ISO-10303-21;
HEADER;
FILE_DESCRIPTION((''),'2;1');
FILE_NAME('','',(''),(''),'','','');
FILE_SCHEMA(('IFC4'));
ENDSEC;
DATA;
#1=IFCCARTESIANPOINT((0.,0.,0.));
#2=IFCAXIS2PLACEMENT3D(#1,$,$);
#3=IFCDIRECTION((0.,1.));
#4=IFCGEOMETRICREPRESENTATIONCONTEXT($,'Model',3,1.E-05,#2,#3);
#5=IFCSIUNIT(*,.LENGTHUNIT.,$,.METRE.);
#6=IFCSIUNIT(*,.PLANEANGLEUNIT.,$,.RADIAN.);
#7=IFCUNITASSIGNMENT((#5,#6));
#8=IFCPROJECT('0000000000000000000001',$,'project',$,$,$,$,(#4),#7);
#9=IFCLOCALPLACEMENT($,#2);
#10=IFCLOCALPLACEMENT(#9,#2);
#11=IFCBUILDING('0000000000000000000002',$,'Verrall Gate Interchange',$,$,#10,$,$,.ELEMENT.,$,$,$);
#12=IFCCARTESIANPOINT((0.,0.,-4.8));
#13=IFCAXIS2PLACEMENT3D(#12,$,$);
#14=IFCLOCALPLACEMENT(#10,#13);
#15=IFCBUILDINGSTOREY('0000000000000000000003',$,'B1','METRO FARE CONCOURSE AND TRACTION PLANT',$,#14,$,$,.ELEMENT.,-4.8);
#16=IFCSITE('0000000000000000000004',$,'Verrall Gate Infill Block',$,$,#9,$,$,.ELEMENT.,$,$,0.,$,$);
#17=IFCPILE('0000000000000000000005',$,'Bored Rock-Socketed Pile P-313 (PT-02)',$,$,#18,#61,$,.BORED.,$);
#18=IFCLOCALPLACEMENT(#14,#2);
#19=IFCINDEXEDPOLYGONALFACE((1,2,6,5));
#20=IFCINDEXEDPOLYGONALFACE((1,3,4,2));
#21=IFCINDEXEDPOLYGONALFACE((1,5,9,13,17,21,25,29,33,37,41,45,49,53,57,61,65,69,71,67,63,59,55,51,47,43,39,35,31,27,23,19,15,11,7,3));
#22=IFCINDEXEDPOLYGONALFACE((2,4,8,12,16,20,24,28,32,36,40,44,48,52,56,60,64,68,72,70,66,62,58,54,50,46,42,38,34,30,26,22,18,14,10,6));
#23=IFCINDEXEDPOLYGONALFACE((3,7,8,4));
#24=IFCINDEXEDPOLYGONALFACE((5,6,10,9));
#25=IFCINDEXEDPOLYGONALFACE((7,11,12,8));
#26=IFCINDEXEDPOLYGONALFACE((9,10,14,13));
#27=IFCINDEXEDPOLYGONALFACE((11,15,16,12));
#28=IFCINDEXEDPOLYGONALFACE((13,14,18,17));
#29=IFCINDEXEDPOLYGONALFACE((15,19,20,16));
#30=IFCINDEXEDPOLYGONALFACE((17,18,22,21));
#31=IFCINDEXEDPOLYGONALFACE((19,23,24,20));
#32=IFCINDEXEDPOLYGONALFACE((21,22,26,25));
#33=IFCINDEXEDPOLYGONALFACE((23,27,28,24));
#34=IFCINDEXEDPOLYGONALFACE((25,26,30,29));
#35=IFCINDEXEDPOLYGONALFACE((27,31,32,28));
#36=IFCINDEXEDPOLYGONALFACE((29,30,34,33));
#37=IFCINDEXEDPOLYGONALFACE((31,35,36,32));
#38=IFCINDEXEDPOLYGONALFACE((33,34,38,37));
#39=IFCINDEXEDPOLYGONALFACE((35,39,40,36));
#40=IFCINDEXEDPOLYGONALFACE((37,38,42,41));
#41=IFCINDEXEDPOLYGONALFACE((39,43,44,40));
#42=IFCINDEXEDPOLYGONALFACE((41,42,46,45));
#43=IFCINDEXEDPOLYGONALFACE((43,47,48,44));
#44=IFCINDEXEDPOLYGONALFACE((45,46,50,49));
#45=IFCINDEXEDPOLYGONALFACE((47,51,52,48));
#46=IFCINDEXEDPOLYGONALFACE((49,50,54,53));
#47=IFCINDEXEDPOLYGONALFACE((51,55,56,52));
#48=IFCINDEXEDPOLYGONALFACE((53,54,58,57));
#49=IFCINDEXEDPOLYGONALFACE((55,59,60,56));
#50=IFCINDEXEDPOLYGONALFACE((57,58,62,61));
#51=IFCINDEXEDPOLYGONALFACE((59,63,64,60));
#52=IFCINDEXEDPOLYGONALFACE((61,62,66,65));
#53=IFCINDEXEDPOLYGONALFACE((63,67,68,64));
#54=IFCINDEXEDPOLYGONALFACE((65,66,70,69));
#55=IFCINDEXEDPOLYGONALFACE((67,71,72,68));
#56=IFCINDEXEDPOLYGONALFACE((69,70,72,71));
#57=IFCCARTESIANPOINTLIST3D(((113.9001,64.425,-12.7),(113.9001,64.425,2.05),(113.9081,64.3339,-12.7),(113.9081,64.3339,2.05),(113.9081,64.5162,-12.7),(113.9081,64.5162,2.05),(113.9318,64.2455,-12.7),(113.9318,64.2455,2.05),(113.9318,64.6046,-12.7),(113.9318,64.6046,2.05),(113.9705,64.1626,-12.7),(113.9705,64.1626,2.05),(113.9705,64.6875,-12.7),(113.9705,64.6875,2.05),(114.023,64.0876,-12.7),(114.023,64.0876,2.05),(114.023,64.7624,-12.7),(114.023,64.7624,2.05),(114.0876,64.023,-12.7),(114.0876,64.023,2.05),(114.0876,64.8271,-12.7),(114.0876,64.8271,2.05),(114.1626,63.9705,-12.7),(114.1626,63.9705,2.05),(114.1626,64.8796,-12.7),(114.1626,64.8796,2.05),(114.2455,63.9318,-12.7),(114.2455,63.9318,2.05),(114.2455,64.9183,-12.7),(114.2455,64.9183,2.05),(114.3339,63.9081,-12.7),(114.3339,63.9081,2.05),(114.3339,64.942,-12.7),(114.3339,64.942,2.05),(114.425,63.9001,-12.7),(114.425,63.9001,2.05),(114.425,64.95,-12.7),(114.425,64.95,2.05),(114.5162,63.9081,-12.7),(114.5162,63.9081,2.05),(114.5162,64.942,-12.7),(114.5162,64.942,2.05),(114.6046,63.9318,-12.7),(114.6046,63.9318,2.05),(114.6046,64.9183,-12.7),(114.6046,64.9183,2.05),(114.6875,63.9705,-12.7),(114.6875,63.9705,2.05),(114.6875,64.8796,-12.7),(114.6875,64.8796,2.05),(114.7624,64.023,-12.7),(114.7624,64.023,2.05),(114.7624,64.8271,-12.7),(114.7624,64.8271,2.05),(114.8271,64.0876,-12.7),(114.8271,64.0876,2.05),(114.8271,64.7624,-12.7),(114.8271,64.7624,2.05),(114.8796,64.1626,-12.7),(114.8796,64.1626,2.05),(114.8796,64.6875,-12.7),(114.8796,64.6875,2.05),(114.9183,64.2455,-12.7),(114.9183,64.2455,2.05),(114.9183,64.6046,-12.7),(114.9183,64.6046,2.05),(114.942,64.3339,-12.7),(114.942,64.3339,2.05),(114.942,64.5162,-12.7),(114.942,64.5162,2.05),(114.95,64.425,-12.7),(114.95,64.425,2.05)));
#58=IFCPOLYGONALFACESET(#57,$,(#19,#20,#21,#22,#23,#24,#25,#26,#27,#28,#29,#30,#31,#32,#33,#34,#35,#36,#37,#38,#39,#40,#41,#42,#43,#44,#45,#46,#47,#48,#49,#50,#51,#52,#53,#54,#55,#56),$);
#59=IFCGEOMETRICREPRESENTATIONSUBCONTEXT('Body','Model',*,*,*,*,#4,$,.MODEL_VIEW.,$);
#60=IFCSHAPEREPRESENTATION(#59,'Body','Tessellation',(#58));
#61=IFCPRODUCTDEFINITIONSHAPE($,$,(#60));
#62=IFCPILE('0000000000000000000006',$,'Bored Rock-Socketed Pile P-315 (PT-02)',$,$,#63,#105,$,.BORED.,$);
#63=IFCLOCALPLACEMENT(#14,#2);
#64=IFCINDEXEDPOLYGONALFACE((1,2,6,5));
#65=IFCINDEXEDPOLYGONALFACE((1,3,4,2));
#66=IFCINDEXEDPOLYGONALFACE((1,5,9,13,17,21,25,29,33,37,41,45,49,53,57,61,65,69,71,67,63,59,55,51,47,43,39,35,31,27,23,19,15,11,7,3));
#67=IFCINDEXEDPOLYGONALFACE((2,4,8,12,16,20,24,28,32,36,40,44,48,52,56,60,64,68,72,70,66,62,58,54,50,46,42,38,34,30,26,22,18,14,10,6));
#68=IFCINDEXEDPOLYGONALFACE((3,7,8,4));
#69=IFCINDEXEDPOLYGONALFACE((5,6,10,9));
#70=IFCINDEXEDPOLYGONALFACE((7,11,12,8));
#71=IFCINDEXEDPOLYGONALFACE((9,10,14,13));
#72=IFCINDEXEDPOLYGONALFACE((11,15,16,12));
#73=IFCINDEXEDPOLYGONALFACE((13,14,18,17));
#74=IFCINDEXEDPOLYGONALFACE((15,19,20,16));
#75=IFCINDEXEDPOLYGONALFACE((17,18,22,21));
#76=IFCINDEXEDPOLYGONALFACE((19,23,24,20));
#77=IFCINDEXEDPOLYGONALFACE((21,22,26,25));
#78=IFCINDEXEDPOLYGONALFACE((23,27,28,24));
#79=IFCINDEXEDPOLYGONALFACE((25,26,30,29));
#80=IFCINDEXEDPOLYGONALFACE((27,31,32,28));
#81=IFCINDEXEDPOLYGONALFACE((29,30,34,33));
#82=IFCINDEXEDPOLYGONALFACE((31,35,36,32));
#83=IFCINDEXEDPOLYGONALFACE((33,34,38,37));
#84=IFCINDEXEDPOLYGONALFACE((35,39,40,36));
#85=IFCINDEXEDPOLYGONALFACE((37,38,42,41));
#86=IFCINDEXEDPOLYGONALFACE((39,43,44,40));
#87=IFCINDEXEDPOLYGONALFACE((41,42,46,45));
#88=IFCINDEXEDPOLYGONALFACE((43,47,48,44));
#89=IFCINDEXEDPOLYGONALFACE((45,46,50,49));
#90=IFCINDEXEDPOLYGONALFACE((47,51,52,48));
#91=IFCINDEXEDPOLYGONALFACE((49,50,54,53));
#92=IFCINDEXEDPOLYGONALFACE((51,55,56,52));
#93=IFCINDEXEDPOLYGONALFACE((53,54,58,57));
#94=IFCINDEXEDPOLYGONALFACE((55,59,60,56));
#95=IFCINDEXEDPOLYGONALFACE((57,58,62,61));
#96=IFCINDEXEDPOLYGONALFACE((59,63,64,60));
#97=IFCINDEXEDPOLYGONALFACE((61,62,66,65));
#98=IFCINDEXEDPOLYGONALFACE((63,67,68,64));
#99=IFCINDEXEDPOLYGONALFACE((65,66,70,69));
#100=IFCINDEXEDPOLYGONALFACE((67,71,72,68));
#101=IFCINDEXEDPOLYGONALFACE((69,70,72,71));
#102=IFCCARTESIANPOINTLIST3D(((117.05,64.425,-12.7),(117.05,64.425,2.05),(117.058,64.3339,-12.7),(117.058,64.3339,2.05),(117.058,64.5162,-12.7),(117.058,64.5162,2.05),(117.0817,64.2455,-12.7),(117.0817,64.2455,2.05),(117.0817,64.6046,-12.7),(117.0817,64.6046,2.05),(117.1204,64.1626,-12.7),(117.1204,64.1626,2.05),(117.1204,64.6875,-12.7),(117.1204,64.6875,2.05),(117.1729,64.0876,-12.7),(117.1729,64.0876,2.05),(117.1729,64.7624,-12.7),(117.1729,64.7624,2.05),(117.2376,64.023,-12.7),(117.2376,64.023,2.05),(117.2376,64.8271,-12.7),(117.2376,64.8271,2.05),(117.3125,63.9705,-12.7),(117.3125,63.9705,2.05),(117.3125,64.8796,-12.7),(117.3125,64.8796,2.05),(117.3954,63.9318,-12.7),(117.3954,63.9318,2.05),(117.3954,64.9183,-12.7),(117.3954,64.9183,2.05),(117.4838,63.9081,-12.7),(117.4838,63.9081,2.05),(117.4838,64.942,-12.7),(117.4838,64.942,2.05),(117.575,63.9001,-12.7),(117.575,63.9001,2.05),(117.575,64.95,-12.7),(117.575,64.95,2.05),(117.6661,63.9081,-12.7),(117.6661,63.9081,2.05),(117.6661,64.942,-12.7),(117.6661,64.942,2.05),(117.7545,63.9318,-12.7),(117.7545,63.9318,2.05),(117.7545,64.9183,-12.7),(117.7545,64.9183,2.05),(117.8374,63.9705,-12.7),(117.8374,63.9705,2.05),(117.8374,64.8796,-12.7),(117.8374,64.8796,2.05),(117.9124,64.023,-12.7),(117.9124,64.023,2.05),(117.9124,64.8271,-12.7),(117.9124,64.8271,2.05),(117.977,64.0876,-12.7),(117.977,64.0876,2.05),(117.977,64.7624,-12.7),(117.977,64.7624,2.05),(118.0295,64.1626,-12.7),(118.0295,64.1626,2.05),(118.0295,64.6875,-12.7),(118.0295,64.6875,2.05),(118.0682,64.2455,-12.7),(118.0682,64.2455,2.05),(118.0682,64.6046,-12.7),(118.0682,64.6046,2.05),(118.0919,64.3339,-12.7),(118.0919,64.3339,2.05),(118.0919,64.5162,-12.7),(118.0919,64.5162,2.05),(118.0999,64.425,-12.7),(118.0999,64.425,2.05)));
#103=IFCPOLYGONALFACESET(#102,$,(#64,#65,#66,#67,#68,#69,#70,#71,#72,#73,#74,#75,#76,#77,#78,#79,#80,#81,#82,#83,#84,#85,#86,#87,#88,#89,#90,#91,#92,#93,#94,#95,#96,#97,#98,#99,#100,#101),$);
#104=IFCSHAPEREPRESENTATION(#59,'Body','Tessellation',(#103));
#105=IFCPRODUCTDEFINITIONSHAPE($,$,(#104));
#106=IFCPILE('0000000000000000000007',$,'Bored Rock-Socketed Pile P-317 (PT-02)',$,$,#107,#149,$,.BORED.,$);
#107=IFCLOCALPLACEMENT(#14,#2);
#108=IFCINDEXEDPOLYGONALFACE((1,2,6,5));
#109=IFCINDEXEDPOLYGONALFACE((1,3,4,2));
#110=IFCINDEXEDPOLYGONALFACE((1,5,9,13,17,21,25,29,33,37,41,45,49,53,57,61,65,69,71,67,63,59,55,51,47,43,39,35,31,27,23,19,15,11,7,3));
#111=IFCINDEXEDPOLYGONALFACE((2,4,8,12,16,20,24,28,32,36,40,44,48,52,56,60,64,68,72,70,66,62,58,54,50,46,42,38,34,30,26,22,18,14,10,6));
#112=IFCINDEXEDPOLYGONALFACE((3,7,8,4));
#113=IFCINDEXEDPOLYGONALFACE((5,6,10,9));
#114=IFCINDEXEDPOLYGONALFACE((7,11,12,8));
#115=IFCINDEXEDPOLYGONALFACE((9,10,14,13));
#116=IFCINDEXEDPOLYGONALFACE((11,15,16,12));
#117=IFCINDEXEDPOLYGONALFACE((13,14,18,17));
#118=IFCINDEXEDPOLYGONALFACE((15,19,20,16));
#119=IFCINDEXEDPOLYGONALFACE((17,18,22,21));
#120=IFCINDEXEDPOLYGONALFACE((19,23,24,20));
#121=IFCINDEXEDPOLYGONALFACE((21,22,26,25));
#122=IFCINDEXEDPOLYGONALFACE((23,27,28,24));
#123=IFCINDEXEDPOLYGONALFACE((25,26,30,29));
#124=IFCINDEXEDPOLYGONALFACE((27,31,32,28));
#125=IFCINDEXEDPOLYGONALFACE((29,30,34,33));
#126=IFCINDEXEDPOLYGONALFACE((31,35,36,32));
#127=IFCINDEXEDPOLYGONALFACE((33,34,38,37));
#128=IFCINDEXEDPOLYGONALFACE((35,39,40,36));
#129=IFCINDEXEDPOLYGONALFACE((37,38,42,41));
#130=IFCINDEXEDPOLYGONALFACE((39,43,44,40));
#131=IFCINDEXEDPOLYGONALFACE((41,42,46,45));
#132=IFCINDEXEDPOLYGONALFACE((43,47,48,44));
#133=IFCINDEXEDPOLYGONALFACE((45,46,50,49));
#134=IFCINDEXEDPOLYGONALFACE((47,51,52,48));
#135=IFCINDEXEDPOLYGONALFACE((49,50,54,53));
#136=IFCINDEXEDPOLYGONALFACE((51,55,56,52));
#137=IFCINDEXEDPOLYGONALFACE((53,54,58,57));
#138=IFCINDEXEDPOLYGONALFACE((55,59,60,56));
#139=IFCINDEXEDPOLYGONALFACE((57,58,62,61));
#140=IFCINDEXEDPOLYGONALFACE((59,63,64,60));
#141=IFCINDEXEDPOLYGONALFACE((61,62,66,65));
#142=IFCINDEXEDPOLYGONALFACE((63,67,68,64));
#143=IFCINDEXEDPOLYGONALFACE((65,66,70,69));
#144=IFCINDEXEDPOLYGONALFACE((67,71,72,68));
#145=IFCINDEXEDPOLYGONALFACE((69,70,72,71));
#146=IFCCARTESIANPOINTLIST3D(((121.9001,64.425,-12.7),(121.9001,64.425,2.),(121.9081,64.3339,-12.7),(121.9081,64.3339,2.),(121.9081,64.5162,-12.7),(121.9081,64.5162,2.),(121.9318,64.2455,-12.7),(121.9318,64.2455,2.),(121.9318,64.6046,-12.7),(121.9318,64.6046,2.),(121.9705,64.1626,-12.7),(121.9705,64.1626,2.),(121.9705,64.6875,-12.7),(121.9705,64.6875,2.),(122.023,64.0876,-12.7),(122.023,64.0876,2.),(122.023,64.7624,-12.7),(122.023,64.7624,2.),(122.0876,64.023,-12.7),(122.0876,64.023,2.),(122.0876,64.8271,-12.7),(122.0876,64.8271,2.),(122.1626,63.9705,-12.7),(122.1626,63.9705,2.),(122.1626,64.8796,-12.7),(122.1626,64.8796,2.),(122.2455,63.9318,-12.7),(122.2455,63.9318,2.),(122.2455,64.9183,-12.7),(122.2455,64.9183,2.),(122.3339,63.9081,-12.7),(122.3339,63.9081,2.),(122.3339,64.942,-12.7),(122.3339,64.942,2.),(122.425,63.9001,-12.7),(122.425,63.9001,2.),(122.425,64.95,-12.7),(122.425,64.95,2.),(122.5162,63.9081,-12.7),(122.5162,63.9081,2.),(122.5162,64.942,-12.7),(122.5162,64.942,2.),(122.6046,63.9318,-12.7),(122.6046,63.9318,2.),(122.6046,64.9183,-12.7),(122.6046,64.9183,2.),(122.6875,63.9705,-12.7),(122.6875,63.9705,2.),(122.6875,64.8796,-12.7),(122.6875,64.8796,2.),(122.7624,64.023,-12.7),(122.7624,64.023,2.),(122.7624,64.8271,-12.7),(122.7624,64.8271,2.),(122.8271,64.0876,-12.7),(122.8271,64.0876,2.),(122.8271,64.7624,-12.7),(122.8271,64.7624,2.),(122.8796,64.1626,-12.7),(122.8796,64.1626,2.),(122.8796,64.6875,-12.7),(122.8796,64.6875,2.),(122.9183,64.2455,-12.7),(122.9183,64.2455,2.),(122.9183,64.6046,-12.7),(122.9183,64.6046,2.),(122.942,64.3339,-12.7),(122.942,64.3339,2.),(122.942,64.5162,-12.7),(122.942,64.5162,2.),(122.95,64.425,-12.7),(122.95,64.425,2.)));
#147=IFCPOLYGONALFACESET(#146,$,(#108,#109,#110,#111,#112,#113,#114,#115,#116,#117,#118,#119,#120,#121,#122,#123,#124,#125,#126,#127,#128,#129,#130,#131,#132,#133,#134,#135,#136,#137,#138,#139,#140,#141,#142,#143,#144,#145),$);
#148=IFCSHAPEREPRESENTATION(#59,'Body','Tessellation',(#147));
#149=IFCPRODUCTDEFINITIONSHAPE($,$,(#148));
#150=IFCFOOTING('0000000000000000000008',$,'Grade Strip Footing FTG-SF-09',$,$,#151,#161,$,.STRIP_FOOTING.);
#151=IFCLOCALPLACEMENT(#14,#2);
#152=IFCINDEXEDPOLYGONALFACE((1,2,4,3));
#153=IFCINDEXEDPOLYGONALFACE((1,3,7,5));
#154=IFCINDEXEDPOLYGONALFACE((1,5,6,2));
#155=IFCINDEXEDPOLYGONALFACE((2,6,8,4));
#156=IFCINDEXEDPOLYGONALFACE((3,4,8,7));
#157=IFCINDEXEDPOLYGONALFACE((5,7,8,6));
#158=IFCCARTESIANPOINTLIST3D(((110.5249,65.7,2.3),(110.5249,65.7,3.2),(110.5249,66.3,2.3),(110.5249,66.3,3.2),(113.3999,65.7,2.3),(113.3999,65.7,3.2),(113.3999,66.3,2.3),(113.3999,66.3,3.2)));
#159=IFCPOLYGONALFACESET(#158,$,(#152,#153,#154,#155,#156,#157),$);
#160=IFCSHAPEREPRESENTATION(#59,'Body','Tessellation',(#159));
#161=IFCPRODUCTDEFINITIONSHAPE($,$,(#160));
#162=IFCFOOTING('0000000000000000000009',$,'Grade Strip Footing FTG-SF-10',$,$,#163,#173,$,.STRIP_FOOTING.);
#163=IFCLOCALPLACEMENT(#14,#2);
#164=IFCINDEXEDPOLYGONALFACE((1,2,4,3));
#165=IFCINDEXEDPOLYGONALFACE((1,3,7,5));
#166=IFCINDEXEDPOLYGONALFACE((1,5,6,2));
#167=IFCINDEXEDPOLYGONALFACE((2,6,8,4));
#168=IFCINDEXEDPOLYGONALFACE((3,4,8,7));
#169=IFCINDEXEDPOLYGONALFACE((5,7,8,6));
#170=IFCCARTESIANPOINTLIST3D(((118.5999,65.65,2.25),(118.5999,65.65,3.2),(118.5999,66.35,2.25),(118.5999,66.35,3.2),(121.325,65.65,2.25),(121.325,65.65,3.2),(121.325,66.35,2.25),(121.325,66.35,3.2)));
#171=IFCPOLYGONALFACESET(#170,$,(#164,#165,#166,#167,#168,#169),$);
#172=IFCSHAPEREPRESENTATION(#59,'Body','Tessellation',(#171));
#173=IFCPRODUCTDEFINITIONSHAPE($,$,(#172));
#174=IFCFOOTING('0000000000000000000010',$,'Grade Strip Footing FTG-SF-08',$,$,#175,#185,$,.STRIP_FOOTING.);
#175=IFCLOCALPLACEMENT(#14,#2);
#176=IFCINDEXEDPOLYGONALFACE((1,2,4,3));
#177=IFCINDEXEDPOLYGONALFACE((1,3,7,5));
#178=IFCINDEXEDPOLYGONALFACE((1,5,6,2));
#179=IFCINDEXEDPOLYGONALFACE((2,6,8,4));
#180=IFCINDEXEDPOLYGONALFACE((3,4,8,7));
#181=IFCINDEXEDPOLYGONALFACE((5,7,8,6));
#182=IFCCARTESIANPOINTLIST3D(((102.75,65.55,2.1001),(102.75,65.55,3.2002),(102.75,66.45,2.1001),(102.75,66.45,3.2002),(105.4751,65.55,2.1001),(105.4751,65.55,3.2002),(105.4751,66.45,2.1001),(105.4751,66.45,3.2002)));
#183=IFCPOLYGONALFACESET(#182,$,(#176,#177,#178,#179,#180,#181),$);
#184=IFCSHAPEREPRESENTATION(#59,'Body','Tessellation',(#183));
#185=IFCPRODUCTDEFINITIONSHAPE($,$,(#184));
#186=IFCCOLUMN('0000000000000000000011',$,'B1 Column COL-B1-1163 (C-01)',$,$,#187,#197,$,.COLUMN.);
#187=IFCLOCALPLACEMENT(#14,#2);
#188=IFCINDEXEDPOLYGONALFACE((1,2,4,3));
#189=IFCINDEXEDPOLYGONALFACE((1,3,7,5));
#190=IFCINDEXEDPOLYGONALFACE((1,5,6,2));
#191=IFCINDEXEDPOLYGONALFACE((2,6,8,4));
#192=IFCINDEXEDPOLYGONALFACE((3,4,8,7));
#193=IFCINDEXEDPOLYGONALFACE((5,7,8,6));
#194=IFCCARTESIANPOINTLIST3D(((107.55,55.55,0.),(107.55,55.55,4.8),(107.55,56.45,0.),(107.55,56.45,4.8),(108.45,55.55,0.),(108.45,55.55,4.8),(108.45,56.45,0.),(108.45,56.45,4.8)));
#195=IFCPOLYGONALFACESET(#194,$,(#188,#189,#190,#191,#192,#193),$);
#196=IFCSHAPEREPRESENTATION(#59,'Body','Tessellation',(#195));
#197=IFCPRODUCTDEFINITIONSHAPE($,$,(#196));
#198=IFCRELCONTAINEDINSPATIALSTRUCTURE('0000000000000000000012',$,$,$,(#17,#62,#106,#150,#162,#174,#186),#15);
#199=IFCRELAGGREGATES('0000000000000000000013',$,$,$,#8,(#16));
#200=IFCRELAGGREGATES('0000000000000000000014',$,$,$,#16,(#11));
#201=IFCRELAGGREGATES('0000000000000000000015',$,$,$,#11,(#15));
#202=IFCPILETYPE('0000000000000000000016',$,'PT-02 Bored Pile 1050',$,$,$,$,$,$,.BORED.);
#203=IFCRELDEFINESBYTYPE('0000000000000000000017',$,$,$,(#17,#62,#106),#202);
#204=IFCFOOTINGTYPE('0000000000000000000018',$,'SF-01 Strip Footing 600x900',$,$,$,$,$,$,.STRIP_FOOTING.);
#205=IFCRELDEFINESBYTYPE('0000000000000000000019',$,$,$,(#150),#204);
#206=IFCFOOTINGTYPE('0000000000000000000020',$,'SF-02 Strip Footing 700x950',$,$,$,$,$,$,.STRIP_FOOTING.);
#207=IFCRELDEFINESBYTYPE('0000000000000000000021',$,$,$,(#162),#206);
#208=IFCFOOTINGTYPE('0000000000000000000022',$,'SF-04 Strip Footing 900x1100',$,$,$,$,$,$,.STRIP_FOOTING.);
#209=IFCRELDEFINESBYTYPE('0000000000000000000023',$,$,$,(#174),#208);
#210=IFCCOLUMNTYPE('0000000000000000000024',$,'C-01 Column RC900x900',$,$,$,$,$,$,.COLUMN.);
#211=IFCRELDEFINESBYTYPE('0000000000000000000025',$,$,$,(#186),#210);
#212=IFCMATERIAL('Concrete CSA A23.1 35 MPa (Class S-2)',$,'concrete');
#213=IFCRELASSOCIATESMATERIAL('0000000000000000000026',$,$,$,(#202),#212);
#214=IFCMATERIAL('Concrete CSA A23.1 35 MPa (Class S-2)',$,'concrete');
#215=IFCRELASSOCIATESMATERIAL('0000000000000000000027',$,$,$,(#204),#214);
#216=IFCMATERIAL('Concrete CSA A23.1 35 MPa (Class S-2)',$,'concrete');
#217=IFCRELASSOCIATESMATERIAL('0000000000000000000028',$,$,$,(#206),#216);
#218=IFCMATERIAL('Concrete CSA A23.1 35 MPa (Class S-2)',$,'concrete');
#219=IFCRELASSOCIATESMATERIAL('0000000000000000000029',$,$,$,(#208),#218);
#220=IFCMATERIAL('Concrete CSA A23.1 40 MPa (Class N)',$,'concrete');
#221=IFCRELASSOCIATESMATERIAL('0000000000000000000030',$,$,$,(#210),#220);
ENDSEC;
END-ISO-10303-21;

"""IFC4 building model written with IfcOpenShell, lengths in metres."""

from ifc_helpers import new_model, si_unit, direction, frame, origin, origin_2d, place, context, subcontext, project, spatial, rectangle, circle, extrude, material, material_profile, profile_set, type_object, element, save


model = new_model("IFC4")

# Units and contexts
model_context = context("Model", 3, precision=1e-05, world=origin(), true_north=direction((0.0, 1.0)))
body_context = subcontext(model_context, "Body", "Model", "MODEL_VIEW")
ifc_project = project(units=[si_unit("LENGTHUNIT", "METRE"), si_unit("PLANEANGLEUNIT", "RADIAN")], contexts=[model_context])

# Site, building, storey
site_placement = place(None, origin())
site = spatial("IfcSite", under=ifc_project, at=site_placement, Name="Verrall Gate Infill Block", CompositionType="ELEMENT", RefElevation=0.0)
building_placement = place(site_placement, origin())
building = spatial("IfcBuilding", under=site, at=building_placement, Name="Verrall Gate Interchange", CompositionType="ELEMENT")
storey_placement = place(building_placement, frame((0.0, 0.0, -4.8)))
storey = spatial("IfcBuildingStorey", under=building, at=storey_placement, Name="B1", Description="METRO FARE CONCOURSE AND TRACTION PLANT", CompositionType="ELEMENT", Elevation=-4.8)

# Piles
ifc_material_1 = material(Name="Concrete CSA A23.1 35 MPa (Class S-2)", Category="concrete")
ifc_material_profile_1 = material_profile(ifc_material_1, circle(Radius=0.5249, at=origin_2d()), Name="PILE1050D")
ifc_profile_set_1 = profile_set([ifc_material_profile_1], Name="Concrete CSA A23.1 35 MPa (Class S-2)")
pile_type = type_object("IfcPileType", Name="PT-02 Bored Pile 1050", PredefinedType="BORED", material=ifc_profile_set_1)
for number, where, z_axis, x_axis, name in (
    (1, (114.425, 64.425, 2.05), (0.0, 0.0, -1.0), (1.0, 0.0, 0.0), "Bored Rock-Socketed Pile P-313 (PT-02)"),
    (2, (117.575, 64.425, 2.05), (0.0, 0.0, -1.0), (1.0, 0.0, 0.0), "Bored Rock-Socketed Pile P-315 (PT-02)"),
):
    element("IfcPile", number, at=place(storey_placement, frame(where, z_axis=z_axis, x_axis=x_axis)), inside=storey, type_object=pile_type, Name=name, PredefinedType="BORED", context=body_context, shape_type="SweptSolid", body=[
        extrude(circle(Radius=0.5249, at=origin_2d()), origin(), (0.0, 0.0, 1.0), 14.75),
    ])
pile_1_placement = place(storey_placement, frame((122.425, 64.425, 2.0), z_axis=(0.0, 0.0, -1.0), x_axis=(1.0, 0.0, 0.0)))
element("IfcPile", 3, at=pile_1_placement, inside=storey, type_object=pile_type, Name="Bored Rock-Socketed Pile P-317 (PT-02)", PredefinedType="BORED", context=body_context, shape_type="SweptSolid", body=[
    extrude(circle(Radius=0.5249, at=origin_2d()), origin(), (0.0, 0.0, 1.0), 14.7),
])

# Footings
ifc_material_2 = material(Name="Concrete CSA A23.1 35 MPa (Class S-2)", Category="concrete")
footing_type_1 = type_object("IfcFootingType", Name="SF-01 Strip Footing 600x900", PredefinedType="STRIP_FOOTING", material=ifc_material_2)
footing_1_placement = place(storey_placement, frame((111.9624, 66.0, 2.3), z_axis=(0.0, 0.0, 1.0), x_axis=(1.0, 0.0, 0.0)))
element("IfcFooting", 4, at=footing_1_placement, inside=storey, type_object=footing_type_1, Name="Grade Strip Footing FTG-SF-09", PredefinedType="STRIP_FOOTING", context=body_context, shape_type="SweptSolid", body=[
    extrude(rectangle(XDim=2.875, YDim=0.6001, at=origin_2d()), origin(), (0.0, 0.0, 1.0), 0.8999),
])
ifc_material_3 = material(Name="Concrete CSA A23.1 35 MPa (Class S-2)", Category="concrete")
footing_type_2 = type_object("IfcFootingType", Name="SF-02 Strip Footing 700x950", PredefinedType="STRIP_FOOTING", material=ifc_material_3)
footing_2_placement = place(storey_placement, frame((119.9624, 66.0, 2.25), z_axis=(0.0, 0.0, 1.0), x_axis=(1.0, 0.0, 0.0)))
element("IfcFooting", 5, at=footing_2_placement, inside=storey, type_object=footing_type_2, Name="Grade Strip Footing FTG-SF-10", PredefinedType="STRIP_FOOTING", context=body_context, shape_type="SweptSolid", body=[
    extrude(rectangle(XDim=2.7251, YDim=0.7, at=origin_2d()), origin(), (0.0, 0.0, 1.0), 0.95),
])
ifc_material_4 = material(Name="Concrete CSA A23.1 35 MPa (Class S-2)", Category="concrete")
footing_type_3 = type_object("IfcFootingType", Name="SF-04 Strip Footing 900x1100", PredefinedType="STRIP_FOOTING", material=ifc_material_4)
footing_3_placement = place(storey_placement, frame((104.1125, 66.0, 2.1001), z_axis=(0.0, 0.0, 1.0), x_axis=(1.0, 0.0, 0.0)))
element("IfcFooting", 6, at=footing_3_placement, inside=storey, type_object=footing_type_3, Name="Grade Strip Footing FTG-SF-08", PredefinedType="STRIP_FOOTING", context=body_context, shape_type="SweptSolid", body=[
    extrude(rectangle(XDim=2.7251, YDim=0.8999, at=origin_2d()), origin(), (0.0, 0.0, 1.0), 1.1001),
])

# Column
ifc_material_5 = material(Name="Concrete CSA A23.1 40 MPa (Class N)", Category="concrete")
ifc_material_profile_2 = material_profile(ifc_material_5, rectangle(XDim=0.8999, YDim=0.8999, at=origin_2d()), Name="RC900x900")
ifc_profile_set_2 = profile_set([ifc_material_profile_2], Name="Concrete CSA A23.1 40 MPa (Class N)")
column_type_1 = type_object("IfcColumnType", Name="C-01 Column RC900x900", PredefinedType="COLUMN", material=ifc_profile_set_2)
column_placement = place(storey_placement, frame((108.0, 56.0, 0.0), z_axis=(0.0, 0.0, 1.0), x_axis=(1.0, 0.0, 0.0)))
element("IfcColumn", 7, at=column_placement, inside=storey, type_object=column_type_1, Name="B1 Column COL-B1-1163 (C-01)", PredefinedType="COLUMN", context=body_context, shape_type="SweptSolid", body=[
    extrude(rectangle(XDim=0.8999, YDim=0.8999, at=origin_2d()), origin(), (0.0, 0.0, 1.0), 4.8),
])

save(model, "model.ifc")
